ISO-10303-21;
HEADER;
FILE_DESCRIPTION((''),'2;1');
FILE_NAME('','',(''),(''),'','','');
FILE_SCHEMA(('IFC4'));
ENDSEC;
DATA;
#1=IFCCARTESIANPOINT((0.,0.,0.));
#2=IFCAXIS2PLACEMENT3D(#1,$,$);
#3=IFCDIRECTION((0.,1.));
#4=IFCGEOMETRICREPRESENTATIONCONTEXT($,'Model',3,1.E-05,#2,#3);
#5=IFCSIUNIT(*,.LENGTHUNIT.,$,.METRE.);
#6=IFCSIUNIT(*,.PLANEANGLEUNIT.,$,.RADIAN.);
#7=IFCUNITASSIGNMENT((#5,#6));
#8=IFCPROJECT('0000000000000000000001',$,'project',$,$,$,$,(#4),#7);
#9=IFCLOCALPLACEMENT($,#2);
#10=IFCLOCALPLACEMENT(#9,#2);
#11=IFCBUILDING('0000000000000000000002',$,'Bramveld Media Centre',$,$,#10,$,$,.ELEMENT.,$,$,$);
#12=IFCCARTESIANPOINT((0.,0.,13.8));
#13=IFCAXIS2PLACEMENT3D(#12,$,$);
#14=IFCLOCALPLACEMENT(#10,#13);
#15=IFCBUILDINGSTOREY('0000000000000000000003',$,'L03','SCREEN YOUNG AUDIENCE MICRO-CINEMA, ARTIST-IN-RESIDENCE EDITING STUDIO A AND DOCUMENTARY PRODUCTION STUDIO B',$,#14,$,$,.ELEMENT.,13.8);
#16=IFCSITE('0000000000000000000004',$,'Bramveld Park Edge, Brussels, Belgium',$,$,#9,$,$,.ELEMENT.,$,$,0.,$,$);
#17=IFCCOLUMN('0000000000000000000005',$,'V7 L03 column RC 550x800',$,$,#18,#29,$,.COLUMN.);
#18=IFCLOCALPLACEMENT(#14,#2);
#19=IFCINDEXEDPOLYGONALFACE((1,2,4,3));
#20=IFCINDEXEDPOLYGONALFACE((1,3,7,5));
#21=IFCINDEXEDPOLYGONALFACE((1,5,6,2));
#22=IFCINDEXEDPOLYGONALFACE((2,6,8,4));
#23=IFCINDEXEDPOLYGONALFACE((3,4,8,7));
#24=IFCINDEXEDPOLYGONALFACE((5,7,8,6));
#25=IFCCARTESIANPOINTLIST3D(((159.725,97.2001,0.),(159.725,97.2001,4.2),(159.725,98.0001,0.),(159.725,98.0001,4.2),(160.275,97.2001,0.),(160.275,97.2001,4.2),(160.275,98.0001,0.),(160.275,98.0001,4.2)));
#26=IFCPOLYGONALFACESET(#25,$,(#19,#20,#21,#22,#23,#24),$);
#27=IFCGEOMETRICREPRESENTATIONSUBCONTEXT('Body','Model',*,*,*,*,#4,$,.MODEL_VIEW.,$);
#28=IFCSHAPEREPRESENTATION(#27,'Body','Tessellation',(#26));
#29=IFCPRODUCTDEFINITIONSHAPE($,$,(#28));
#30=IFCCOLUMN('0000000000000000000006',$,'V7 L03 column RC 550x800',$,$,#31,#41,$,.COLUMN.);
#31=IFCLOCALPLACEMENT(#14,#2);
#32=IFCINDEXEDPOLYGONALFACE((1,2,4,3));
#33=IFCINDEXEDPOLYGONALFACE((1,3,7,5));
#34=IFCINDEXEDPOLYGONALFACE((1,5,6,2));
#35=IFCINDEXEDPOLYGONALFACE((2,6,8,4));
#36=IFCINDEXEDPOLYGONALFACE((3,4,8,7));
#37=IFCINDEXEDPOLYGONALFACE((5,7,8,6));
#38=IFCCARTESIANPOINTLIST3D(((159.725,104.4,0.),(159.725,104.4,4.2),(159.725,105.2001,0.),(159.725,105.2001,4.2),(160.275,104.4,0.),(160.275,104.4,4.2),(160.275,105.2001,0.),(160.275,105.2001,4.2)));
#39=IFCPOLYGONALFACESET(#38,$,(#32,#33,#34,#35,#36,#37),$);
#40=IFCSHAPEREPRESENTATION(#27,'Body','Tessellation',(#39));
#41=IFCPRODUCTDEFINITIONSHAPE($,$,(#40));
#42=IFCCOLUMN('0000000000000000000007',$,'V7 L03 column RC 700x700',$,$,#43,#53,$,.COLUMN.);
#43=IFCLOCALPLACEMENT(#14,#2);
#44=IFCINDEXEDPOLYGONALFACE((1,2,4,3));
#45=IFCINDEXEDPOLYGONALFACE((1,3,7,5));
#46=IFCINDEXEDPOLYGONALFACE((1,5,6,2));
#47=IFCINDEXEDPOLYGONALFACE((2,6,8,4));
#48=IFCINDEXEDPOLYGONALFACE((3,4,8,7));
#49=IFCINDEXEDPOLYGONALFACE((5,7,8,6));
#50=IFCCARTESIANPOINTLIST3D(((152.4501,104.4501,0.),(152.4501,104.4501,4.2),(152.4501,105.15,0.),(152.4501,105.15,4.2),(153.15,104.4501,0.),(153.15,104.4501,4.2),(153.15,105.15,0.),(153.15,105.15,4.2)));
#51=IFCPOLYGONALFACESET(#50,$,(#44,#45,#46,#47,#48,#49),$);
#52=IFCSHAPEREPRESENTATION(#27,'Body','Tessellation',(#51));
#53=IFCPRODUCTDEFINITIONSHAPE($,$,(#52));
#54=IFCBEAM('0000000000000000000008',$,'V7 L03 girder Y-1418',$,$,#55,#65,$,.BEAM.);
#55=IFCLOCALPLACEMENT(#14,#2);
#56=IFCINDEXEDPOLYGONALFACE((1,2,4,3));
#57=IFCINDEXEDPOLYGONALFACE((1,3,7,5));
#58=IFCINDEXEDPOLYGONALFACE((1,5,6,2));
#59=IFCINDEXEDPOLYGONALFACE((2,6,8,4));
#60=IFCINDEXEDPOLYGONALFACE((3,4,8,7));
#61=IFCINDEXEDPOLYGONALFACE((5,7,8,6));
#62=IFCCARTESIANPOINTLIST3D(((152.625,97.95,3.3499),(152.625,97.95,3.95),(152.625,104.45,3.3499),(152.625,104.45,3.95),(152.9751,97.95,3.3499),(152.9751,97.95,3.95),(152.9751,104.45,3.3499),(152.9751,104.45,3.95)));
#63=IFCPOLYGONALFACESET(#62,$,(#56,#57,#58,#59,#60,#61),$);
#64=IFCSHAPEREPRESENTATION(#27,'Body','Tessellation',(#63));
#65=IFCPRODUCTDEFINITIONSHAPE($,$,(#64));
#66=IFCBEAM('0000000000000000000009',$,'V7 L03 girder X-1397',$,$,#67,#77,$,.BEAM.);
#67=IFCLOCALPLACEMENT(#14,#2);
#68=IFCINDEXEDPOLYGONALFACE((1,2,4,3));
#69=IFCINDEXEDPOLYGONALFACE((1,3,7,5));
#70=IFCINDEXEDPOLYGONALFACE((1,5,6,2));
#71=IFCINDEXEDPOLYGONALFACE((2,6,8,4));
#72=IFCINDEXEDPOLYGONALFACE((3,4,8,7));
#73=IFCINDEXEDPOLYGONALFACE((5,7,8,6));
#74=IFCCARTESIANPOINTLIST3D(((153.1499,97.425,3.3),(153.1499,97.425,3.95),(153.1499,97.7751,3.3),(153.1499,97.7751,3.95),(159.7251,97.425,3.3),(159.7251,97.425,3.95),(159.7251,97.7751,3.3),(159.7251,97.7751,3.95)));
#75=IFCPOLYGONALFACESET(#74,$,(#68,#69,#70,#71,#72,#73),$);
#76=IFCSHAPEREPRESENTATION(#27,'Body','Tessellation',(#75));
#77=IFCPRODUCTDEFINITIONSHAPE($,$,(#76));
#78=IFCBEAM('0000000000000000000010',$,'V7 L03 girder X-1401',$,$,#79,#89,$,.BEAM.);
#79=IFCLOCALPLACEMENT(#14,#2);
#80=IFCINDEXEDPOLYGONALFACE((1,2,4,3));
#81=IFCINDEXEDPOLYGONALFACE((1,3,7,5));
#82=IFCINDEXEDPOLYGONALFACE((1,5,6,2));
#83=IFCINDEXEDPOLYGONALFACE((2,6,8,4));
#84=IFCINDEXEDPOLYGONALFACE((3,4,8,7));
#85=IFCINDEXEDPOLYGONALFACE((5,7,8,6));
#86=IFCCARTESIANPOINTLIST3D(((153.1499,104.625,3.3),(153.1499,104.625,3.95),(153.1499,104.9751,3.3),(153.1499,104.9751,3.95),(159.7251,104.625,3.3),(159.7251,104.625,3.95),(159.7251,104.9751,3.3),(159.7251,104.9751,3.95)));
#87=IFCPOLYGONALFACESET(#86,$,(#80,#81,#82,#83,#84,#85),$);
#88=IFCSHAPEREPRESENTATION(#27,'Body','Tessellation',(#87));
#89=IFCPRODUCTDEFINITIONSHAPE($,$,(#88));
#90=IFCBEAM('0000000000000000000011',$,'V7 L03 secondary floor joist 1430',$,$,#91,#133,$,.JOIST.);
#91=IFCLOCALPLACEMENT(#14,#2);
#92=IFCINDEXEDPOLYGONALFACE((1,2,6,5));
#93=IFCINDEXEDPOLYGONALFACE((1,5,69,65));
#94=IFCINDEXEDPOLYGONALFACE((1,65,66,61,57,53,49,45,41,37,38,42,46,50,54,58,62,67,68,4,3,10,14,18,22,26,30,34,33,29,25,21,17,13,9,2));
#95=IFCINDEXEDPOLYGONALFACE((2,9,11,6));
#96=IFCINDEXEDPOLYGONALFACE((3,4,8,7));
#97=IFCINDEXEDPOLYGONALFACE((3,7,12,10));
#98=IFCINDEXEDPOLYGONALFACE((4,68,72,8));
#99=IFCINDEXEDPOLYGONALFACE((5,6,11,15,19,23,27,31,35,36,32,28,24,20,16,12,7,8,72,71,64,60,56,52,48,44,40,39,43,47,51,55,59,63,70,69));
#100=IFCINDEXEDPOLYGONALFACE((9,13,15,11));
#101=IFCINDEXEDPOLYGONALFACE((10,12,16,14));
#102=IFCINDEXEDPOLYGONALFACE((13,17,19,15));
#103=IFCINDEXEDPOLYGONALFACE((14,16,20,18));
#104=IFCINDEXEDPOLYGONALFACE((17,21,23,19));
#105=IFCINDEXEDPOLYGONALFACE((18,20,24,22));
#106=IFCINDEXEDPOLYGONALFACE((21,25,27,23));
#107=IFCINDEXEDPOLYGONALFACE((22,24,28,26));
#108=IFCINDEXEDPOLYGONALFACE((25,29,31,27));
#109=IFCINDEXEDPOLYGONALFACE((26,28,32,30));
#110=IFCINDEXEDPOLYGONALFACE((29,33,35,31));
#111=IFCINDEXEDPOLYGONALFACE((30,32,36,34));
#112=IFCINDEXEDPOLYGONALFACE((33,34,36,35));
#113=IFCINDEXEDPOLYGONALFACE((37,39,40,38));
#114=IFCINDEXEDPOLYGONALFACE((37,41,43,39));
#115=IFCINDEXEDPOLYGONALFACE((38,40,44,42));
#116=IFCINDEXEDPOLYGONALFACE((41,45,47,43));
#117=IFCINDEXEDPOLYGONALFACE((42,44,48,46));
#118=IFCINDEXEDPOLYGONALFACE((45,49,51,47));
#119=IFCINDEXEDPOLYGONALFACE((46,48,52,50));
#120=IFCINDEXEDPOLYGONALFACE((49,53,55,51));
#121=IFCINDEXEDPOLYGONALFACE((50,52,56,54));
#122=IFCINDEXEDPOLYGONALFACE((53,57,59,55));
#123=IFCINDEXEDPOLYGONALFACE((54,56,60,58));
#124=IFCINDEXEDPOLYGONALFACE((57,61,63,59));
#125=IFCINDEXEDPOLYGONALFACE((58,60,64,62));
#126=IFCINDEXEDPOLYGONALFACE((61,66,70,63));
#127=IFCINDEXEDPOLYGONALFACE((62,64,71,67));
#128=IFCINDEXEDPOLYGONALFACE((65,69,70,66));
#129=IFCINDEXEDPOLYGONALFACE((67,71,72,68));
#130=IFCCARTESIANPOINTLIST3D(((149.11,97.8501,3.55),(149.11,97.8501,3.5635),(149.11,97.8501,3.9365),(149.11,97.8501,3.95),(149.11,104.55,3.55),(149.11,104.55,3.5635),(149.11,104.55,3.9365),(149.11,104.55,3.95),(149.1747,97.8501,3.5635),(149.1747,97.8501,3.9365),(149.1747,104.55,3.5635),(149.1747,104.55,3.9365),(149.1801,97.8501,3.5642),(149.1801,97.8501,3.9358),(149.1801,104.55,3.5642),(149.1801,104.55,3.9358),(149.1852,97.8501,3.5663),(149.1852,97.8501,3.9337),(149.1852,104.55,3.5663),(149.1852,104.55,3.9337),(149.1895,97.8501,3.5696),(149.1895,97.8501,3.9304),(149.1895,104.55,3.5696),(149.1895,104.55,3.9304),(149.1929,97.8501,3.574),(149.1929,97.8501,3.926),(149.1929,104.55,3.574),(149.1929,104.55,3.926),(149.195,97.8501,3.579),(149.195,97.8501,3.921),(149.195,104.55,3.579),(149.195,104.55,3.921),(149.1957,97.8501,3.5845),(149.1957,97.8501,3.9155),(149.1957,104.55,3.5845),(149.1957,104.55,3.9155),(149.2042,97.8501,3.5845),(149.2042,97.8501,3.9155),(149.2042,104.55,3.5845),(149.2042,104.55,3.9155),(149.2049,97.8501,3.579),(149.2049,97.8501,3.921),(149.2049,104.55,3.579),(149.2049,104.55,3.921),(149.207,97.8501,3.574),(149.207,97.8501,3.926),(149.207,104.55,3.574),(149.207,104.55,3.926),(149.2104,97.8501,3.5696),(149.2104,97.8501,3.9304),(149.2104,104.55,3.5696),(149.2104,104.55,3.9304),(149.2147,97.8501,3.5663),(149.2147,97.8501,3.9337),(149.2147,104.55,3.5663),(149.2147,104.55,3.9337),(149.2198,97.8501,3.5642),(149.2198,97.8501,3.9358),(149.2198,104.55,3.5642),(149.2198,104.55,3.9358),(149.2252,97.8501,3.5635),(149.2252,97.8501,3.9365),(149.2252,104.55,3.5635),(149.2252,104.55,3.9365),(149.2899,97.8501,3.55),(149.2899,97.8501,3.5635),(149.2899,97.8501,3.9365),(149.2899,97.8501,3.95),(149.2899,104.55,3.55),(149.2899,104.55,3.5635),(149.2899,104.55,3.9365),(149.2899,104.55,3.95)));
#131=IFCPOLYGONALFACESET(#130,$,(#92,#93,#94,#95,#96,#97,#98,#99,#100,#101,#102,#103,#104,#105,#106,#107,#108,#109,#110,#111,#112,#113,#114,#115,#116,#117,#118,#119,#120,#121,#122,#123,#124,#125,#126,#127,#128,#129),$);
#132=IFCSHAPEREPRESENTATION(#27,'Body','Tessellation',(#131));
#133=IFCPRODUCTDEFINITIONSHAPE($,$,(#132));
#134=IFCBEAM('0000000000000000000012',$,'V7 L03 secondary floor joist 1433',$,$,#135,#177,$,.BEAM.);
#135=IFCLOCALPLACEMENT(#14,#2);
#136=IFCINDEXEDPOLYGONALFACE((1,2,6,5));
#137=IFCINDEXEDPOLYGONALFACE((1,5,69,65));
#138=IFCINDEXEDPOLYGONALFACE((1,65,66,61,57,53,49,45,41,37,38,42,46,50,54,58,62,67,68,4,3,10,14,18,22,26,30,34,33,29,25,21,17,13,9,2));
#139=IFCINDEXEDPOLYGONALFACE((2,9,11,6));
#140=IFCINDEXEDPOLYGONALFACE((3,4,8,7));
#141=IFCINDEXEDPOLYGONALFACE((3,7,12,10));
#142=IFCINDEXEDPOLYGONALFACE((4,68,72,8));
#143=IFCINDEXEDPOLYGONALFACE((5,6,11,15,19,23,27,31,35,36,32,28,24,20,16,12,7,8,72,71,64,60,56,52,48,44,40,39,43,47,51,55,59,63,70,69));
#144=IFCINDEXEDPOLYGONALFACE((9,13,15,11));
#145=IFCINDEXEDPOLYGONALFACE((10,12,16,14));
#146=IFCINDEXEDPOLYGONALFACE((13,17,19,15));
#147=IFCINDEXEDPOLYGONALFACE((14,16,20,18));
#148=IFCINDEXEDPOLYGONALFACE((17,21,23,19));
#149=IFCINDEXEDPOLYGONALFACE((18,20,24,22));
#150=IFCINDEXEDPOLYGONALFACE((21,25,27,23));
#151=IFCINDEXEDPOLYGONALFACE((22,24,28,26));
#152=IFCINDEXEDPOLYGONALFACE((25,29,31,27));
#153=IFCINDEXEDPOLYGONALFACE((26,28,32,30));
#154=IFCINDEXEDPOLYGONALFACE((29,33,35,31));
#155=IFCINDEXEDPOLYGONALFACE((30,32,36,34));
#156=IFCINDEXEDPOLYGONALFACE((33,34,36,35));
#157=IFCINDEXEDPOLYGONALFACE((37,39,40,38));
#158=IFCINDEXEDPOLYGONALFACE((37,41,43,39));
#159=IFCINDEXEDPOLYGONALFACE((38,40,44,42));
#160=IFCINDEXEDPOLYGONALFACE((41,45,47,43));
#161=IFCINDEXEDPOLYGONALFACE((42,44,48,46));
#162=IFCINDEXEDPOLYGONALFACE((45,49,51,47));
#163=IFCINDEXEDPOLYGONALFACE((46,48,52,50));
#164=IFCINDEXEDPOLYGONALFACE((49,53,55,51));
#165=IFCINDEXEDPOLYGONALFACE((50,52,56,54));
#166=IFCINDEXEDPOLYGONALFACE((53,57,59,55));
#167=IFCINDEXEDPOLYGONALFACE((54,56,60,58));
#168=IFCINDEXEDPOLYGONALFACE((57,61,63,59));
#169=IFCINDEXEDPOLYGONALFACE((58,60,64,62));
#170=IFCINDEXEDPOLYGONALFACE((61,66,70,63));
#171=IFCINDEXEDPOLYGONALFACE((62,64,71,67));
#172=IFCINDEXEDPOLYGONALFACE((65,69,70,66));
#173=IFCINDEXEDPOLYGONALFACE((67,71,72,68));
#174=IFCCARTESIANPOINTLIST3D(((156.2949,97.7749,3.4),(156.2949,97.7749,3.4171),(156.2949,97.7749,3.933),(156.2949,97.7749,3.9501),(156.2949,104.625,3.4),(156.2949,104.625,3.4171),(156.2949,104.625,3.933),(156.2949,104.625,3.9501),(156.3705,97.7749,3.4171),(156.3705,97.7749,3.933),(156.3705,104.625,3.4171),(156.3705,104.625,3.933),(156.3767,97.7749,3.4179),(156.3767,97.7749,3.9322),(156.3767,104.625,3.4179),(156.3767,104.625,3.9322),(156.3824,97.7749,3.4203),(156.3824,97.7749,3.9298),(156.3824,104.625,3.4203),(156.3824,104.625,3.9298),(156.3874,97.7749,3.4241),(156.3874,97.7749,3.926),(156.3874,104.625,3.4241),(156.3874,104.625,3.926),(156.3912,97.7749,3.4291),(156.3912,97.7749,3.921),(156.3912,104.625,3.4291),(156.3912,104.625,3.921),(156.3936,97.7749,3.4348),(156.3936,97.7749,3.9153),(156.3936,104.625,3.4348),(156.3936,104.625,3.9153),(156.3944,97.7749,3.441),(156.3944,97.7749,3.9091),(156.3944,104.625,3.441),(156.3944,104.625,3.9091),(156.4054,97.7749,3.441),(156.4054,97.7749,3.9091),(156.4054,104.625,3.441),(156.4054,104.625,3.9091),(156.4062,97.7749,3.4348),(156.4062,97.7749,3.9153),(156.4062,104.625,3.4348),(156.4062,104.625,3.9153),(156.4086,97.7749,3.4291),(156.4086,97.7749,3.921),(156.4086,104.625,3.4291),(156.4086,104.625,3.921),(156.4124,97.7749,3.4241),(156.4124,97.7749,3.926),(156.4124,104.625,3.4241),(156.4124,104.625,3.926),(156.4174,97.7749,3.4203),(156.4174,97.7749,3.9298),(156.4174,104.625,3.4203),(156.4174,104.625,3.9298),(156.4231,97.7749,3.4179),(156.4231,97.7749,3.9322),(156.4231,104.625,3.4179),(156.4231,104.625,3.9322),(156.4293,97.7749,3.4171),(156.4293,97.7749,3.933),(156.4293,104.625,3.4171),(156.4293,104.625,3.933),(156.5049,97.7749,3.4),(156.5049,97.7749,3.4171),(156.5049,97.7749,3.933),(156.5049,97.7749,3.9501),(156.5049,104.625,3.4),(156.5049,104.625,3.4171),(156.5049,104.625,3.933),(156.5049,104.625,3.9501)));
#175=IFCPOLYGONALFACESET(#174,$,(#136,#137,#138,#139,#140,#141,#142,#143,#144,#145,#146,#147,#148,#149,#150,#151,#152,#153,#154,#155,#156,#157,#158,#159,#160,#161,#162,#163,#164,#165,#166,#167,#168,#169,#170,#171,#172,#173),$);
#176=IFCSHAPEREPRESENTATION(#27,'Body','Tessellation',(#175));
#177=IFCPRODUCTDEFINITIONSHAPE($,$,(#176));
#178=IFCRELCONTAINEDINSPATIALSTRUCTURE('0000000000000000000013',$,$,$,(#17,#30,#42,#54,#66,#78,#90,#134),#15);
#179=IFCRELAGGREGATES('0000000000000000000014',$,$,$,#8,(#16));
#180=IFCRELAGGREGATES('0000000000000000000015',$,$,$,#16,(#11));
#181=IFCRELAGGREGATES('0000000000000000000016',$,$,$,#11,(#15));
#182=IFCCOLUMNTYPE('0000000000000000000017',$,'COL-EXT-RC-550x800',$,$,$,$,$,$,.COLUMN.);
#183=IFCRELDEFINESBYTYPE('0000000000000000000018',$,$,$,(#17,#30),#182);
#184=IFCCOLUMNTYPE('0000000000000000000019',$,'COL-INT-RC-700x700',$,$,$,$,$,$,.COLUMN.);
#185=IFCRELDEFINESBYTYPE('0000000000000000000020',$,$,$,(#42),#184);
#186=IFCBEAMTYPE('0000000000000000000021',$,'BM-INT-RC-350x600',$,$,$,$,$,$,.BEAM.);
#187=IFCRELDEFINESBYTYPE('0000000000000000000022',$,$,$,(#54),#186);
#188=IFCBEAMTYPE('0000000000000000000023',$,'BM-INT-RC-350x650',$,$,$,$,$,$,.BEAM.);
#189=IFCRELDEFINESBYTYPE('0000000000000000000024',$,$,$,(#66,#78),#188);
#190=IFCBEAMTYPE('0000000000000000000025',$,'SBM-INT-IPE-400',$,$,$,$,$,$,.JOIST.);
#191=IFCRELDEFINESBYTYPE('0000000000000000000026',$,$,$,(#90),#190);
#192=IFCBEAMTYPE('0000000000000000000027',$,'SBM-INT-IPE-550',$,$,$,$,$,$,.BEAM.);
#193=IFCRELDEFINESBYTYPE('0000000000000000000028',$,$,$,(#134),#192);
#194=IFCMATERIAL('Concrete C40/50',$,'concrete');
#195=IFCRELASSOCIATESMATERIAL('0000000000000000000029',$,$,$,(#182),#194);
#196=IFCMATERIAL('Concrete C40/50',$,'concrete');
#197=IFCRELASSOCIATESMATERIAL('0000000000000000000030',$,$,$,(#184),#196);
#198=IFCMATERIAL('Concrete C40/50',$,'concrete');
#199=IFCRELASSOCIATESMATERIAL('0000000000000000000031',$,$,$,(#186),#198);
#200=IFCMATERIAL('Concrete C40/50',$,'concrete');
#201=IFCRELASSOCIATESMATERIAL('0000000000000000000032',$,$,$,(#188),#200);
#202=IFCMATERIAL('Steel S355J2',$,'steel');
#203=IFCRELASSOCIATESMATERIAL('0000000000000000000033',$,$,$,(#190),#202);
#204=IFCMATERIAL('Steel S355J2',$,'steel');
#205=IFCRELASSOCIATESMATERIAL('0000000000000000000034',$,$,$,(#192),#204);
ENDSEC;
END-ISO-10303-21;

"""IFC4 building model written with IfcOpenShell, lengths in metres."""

from ifc_helpers import new_model, si_unit, direction, frame, origin, origin_2d, place, context, subcontext, project, spatial, rectangle, i_section, extrude, material, material_profile, profile_set, type_object, element, save


model = new_model("IFC4")

# Units and contexts
model_context = context("Model", 3, precision=1e-05, world=origin(), true_north=direction((0.0, 1.0)))
body_context = subcontext(model_context, "Body", "Model", "MODEL_VIEW")
ifc_project = project(units=[si_unit("LENGTHUNIT", "METRE"), si_unit("PLANEANGLEUNIT", "RADIAN")], contexts=[model_context])

# Site, building, storey
site_placement = place(None, origin())
site = spatial("IfcSite", under=ifc_project, at=site_placement, Name="Bramveld Park Edge, Brussels, Belgium", CompositionType="ELEMENT", RefElevation=0.0)
building_placement = place(site_placement, origin())
building = spatial("IfcBuilding", under=site, at=building_placement, Name="Bramveld Media Centre", CompositionType="ELEMENT")
storey_placement = place(building_placement, frame((0.0, 0.0, 13.8)))
storey = spatial("IfcBuildingStorey", under=building, at=storey_placement, Name="L03", Description="SCREEN YOUNG AUDIENCE MICRO-CINEMA, ARTIST-IN-RESIDENCE EDITING STUDIO A AND DOCUMENTARY PRODUCTION STUDIO B", CompositionType="ELEMENT", Elevation=13.8)

# Columns
ifc_material_1 = material(Name="Concrete C40/50", Category="concrete")
ifc_material_profile_1 = material_profile(ifc_material_1, rectangle(XDim=0.55, YDim=0.8, at=origin_2d()), Name="RC 550x800")
ifc_profile_set_1 = profile_set([ifc_material_profile_1], Name="Concrete C40/50")
column_type_1 = type_object("IfcColumnType", Name="COL-EXT-RC-550x800", PredefinedType="COLUMN", material=ifc_profile_set_1)
for number, where, z_axis, x_axis, name in (
    (1, (160.0, 97.6001, 0.0), (0.0, 0.0, 1.0), (1.0, 0.0, 0.0), "V7 L03 column RC 550x800"),
    (2, (160.0, 104.8, 0.0), (0.0, 0.0, 1.0), (1.0, 0.0, 0.0), "V7 L03 column RC 550x800"),
):
    element("IfcColumn", number, at=place(storey_placement, frame(where, z_axis=z_axis, x_axis=x_axis)), inside=storey, type_object=column_type_1, Name=name, PredefinedType="COLUMN", context=body_context, shape_type="SweptSolid", body=[
        extrude(rectangle(XDim=0.55, YDim=0.8, at=origin_2d()), origin(), (0.0, 0.0, 1.0), 4.2),
    ])
ifc_material_2 = material(Name="Concrete C40/50", Category="concrete")
ifc_material_profile_2 = material_profile(ifc_material_2, rectangle(XDim=0.7, YDim=0.7, at=origin_2d()), Name="RC 700x700")
ifc_profile_set_2 = profile_set([ifc_material_profile_2], Name="Concrete C40/50")
column_type_2 = type_object("IfcColumnType", Name="COL-INT-RC-700x700", PredefinedType="COLUMN", material=ifc_profile_set_2)
column_placement = place(storey_placement, frame((152.8, 104.8, 0.0), z_axis=(0.0, 0.0, 1.0), x_axis=(1.0, 0.0, 0.0)))
element("IfcColumn", 3, at=column_placement, inside=storey, type_object=column_type_2, Name="V7 L03 column RC 700x700", PredefinedType="COLUMN", context=body_context, shape_type="SweptSolid", body=[
    extrude(rectangle(XDim=0.7, YDim=0.7, at=origin_2d()), origin(), (0.0, 0.0, 1.0), 4.2),
])

# Beams
ifc_material_3 = material(Name="Concrete C40/50", Category="concrete")
ifc_material_profile_3 = material_profile(ifc_material_3, rectangle(XDim=0.3501, YDim=0.6001, at=origin_2d()), Name="RC 350x600")
ifc_profile_set_3 = profile_set([ifc_material_profile_3], Name="Concrete C40/50")
beam_type_1 = type_object("IfcBeamType", Name="BM-INT-RC-350x600", PredefinedType="BEAM", material=ifc_profile_set_3)
beam_1_placement = place(storey_placement, frame((152.8, 97.95, 3.6499), z_axis=(0.0, 1.0, 0.0), x_axis=(-1.0, 0.0, 0.0)))
element("IfcBeam", 4, at=beam_1_placement, inside=storey, type_object=beam_type_1, Name="V7 L03 girder Y-1418", PredefinedType="BEAM", context=body_context, shape_type="SweptSolid", body=[
    extrude(rectangle(XDim=0.3501, YDim=0.6001, at=origin_2d()), origin(), (0.0, 0.0, 1.0), 6.5),
])
ifc_material_4 = material(Name="Concrete C40/50", Category="concrete")
ifc_material_profile_4 = material_profile(ifc_material_4, rectangle(XDim=0.3501, YDim=0.6499, at=origin_2d()), Name="RC 350x650")
ifc_profile_set_4 = profile_set([ifc_material_profile_4], Name="Concrete C40/50")
beam_type_2 = type_object("IfcBeamType", Name="BM-INT-RC-350x650", PredefinedType="BEAM", material=ifc_profile_set_4)
for number, where, z_axis, x_axis, name in (
    (5, (153.1499, 97.6001, 3.625), (1.0, 0.0, 0.0), (0.0, 1.0, 0.0), "V7 L03 girder X-1397"),
    (6, (153.1499, 104.8, 3.625), (1.0, 0.0, 0.0), (0.0, 1.0, 0.0), "V7 L03 girder X-1401"),
):
    element("IfcBeam", number, at=place(storey_placement, frame(where, z_axis=z_axis, x_axis=x_axis)), inside=storey, type_object=beam_type_2, Name=name, PredefinedType="BEAM", context=body_context, shape_type="SweptSolid", body=[
        extrude(rectangle(XDim=0.3501, YDim=0.6499, at=origin_2d()), origin(), (0.0, 0.0, 1.0), 6.5752),
    ])
ifc_material_5 = material(Name="Steel S355J2", Category="steel")
ifc_material_profile_5 = material_profile(ifc_material_5, i_section(OverallWidth=0.1799, OverallDepth=0.3999, WebThickness=0.0085, FlangeThickness=0.0134, FilletRadius=0.021, at=origin_2d()), Name="IPE 400")
ifc_profile_set_5 = profile_set([ifc_material_profile_5], Name="Steel S355J2")
beam_type_3 = type_object("IfcBeamType", Name="SBM-INT-IPE-400", PredefinedType="JOIST", material=ifc_profile_set_5)
beam_2_placement = place(storey_placement, frame((149.2, 97.8501, 3.75), z_axis=(0.0, 1.0, 0.0), x_axis=(-1.0, 0.0, 0.0)))
element("IfcBeam", 7, at=beam_2_placement, inside=storey, type_object=beam_type_3, Name="V7 L03 secondary floor joist 1430", PredefinedType="JOIST", context=body_context, shape_type="SweptSolid", body=[
    extrude(i_section(OverallWidth=0.1799, OverallDepth=0.3999, WebThickness=0.0085, FlangeThickness=0.0134, FilletRadius=0.021, at=origin_2d()), origin(), (0.0, 0.0, 1.0), 6.7),
])
ifc_material_6 = material(Name="Steel S355J2", Category="steel")
ifc_material_profile_6 = material_profile(ifc_material_6, i_section(OverallWidth=0.21, OverallDepth=0.55, WebThickness=0.011, FlangeThickness=0.0171, FilletRadius=0.0239, at=origin_2d()), Name="IPE 550")
ifc_profile_set_6 = profile_set([ifc_material_profile_6], Name="Steel S355J2")
beam_type_4 = type_object("IfcBeamType", Name="SBM-INT-IPE-550", PredefinedType="BEAM", material=ifc_profile_set_6)
beam_3_placement = place(storey_placement, frame((156.3999, 97.7749, 3.675), z_axis=(0.0, 1.0, 0.0), x_axis=(-1.0, 0.0, 0.0)))
element("IfcBeam", 8, at=beam_3_placement, inside=storey, type_object=beam_type_4, Name="V7 L03 secondary floor joist 1433", PredefinedType="BEAM", context=body_context, shape_type="SweptSolid", body=[
    extrude(i_section(OverallWidth=0.21, OverallDepth=0.55, WebThickness=0.011, FlangeThickness=0.0171, FilletRadius=0.0239, at=origin_2d()), origin(), (0.0, 0.0, 1.0), 6.8501),
])

save(model, "model.ifc")
